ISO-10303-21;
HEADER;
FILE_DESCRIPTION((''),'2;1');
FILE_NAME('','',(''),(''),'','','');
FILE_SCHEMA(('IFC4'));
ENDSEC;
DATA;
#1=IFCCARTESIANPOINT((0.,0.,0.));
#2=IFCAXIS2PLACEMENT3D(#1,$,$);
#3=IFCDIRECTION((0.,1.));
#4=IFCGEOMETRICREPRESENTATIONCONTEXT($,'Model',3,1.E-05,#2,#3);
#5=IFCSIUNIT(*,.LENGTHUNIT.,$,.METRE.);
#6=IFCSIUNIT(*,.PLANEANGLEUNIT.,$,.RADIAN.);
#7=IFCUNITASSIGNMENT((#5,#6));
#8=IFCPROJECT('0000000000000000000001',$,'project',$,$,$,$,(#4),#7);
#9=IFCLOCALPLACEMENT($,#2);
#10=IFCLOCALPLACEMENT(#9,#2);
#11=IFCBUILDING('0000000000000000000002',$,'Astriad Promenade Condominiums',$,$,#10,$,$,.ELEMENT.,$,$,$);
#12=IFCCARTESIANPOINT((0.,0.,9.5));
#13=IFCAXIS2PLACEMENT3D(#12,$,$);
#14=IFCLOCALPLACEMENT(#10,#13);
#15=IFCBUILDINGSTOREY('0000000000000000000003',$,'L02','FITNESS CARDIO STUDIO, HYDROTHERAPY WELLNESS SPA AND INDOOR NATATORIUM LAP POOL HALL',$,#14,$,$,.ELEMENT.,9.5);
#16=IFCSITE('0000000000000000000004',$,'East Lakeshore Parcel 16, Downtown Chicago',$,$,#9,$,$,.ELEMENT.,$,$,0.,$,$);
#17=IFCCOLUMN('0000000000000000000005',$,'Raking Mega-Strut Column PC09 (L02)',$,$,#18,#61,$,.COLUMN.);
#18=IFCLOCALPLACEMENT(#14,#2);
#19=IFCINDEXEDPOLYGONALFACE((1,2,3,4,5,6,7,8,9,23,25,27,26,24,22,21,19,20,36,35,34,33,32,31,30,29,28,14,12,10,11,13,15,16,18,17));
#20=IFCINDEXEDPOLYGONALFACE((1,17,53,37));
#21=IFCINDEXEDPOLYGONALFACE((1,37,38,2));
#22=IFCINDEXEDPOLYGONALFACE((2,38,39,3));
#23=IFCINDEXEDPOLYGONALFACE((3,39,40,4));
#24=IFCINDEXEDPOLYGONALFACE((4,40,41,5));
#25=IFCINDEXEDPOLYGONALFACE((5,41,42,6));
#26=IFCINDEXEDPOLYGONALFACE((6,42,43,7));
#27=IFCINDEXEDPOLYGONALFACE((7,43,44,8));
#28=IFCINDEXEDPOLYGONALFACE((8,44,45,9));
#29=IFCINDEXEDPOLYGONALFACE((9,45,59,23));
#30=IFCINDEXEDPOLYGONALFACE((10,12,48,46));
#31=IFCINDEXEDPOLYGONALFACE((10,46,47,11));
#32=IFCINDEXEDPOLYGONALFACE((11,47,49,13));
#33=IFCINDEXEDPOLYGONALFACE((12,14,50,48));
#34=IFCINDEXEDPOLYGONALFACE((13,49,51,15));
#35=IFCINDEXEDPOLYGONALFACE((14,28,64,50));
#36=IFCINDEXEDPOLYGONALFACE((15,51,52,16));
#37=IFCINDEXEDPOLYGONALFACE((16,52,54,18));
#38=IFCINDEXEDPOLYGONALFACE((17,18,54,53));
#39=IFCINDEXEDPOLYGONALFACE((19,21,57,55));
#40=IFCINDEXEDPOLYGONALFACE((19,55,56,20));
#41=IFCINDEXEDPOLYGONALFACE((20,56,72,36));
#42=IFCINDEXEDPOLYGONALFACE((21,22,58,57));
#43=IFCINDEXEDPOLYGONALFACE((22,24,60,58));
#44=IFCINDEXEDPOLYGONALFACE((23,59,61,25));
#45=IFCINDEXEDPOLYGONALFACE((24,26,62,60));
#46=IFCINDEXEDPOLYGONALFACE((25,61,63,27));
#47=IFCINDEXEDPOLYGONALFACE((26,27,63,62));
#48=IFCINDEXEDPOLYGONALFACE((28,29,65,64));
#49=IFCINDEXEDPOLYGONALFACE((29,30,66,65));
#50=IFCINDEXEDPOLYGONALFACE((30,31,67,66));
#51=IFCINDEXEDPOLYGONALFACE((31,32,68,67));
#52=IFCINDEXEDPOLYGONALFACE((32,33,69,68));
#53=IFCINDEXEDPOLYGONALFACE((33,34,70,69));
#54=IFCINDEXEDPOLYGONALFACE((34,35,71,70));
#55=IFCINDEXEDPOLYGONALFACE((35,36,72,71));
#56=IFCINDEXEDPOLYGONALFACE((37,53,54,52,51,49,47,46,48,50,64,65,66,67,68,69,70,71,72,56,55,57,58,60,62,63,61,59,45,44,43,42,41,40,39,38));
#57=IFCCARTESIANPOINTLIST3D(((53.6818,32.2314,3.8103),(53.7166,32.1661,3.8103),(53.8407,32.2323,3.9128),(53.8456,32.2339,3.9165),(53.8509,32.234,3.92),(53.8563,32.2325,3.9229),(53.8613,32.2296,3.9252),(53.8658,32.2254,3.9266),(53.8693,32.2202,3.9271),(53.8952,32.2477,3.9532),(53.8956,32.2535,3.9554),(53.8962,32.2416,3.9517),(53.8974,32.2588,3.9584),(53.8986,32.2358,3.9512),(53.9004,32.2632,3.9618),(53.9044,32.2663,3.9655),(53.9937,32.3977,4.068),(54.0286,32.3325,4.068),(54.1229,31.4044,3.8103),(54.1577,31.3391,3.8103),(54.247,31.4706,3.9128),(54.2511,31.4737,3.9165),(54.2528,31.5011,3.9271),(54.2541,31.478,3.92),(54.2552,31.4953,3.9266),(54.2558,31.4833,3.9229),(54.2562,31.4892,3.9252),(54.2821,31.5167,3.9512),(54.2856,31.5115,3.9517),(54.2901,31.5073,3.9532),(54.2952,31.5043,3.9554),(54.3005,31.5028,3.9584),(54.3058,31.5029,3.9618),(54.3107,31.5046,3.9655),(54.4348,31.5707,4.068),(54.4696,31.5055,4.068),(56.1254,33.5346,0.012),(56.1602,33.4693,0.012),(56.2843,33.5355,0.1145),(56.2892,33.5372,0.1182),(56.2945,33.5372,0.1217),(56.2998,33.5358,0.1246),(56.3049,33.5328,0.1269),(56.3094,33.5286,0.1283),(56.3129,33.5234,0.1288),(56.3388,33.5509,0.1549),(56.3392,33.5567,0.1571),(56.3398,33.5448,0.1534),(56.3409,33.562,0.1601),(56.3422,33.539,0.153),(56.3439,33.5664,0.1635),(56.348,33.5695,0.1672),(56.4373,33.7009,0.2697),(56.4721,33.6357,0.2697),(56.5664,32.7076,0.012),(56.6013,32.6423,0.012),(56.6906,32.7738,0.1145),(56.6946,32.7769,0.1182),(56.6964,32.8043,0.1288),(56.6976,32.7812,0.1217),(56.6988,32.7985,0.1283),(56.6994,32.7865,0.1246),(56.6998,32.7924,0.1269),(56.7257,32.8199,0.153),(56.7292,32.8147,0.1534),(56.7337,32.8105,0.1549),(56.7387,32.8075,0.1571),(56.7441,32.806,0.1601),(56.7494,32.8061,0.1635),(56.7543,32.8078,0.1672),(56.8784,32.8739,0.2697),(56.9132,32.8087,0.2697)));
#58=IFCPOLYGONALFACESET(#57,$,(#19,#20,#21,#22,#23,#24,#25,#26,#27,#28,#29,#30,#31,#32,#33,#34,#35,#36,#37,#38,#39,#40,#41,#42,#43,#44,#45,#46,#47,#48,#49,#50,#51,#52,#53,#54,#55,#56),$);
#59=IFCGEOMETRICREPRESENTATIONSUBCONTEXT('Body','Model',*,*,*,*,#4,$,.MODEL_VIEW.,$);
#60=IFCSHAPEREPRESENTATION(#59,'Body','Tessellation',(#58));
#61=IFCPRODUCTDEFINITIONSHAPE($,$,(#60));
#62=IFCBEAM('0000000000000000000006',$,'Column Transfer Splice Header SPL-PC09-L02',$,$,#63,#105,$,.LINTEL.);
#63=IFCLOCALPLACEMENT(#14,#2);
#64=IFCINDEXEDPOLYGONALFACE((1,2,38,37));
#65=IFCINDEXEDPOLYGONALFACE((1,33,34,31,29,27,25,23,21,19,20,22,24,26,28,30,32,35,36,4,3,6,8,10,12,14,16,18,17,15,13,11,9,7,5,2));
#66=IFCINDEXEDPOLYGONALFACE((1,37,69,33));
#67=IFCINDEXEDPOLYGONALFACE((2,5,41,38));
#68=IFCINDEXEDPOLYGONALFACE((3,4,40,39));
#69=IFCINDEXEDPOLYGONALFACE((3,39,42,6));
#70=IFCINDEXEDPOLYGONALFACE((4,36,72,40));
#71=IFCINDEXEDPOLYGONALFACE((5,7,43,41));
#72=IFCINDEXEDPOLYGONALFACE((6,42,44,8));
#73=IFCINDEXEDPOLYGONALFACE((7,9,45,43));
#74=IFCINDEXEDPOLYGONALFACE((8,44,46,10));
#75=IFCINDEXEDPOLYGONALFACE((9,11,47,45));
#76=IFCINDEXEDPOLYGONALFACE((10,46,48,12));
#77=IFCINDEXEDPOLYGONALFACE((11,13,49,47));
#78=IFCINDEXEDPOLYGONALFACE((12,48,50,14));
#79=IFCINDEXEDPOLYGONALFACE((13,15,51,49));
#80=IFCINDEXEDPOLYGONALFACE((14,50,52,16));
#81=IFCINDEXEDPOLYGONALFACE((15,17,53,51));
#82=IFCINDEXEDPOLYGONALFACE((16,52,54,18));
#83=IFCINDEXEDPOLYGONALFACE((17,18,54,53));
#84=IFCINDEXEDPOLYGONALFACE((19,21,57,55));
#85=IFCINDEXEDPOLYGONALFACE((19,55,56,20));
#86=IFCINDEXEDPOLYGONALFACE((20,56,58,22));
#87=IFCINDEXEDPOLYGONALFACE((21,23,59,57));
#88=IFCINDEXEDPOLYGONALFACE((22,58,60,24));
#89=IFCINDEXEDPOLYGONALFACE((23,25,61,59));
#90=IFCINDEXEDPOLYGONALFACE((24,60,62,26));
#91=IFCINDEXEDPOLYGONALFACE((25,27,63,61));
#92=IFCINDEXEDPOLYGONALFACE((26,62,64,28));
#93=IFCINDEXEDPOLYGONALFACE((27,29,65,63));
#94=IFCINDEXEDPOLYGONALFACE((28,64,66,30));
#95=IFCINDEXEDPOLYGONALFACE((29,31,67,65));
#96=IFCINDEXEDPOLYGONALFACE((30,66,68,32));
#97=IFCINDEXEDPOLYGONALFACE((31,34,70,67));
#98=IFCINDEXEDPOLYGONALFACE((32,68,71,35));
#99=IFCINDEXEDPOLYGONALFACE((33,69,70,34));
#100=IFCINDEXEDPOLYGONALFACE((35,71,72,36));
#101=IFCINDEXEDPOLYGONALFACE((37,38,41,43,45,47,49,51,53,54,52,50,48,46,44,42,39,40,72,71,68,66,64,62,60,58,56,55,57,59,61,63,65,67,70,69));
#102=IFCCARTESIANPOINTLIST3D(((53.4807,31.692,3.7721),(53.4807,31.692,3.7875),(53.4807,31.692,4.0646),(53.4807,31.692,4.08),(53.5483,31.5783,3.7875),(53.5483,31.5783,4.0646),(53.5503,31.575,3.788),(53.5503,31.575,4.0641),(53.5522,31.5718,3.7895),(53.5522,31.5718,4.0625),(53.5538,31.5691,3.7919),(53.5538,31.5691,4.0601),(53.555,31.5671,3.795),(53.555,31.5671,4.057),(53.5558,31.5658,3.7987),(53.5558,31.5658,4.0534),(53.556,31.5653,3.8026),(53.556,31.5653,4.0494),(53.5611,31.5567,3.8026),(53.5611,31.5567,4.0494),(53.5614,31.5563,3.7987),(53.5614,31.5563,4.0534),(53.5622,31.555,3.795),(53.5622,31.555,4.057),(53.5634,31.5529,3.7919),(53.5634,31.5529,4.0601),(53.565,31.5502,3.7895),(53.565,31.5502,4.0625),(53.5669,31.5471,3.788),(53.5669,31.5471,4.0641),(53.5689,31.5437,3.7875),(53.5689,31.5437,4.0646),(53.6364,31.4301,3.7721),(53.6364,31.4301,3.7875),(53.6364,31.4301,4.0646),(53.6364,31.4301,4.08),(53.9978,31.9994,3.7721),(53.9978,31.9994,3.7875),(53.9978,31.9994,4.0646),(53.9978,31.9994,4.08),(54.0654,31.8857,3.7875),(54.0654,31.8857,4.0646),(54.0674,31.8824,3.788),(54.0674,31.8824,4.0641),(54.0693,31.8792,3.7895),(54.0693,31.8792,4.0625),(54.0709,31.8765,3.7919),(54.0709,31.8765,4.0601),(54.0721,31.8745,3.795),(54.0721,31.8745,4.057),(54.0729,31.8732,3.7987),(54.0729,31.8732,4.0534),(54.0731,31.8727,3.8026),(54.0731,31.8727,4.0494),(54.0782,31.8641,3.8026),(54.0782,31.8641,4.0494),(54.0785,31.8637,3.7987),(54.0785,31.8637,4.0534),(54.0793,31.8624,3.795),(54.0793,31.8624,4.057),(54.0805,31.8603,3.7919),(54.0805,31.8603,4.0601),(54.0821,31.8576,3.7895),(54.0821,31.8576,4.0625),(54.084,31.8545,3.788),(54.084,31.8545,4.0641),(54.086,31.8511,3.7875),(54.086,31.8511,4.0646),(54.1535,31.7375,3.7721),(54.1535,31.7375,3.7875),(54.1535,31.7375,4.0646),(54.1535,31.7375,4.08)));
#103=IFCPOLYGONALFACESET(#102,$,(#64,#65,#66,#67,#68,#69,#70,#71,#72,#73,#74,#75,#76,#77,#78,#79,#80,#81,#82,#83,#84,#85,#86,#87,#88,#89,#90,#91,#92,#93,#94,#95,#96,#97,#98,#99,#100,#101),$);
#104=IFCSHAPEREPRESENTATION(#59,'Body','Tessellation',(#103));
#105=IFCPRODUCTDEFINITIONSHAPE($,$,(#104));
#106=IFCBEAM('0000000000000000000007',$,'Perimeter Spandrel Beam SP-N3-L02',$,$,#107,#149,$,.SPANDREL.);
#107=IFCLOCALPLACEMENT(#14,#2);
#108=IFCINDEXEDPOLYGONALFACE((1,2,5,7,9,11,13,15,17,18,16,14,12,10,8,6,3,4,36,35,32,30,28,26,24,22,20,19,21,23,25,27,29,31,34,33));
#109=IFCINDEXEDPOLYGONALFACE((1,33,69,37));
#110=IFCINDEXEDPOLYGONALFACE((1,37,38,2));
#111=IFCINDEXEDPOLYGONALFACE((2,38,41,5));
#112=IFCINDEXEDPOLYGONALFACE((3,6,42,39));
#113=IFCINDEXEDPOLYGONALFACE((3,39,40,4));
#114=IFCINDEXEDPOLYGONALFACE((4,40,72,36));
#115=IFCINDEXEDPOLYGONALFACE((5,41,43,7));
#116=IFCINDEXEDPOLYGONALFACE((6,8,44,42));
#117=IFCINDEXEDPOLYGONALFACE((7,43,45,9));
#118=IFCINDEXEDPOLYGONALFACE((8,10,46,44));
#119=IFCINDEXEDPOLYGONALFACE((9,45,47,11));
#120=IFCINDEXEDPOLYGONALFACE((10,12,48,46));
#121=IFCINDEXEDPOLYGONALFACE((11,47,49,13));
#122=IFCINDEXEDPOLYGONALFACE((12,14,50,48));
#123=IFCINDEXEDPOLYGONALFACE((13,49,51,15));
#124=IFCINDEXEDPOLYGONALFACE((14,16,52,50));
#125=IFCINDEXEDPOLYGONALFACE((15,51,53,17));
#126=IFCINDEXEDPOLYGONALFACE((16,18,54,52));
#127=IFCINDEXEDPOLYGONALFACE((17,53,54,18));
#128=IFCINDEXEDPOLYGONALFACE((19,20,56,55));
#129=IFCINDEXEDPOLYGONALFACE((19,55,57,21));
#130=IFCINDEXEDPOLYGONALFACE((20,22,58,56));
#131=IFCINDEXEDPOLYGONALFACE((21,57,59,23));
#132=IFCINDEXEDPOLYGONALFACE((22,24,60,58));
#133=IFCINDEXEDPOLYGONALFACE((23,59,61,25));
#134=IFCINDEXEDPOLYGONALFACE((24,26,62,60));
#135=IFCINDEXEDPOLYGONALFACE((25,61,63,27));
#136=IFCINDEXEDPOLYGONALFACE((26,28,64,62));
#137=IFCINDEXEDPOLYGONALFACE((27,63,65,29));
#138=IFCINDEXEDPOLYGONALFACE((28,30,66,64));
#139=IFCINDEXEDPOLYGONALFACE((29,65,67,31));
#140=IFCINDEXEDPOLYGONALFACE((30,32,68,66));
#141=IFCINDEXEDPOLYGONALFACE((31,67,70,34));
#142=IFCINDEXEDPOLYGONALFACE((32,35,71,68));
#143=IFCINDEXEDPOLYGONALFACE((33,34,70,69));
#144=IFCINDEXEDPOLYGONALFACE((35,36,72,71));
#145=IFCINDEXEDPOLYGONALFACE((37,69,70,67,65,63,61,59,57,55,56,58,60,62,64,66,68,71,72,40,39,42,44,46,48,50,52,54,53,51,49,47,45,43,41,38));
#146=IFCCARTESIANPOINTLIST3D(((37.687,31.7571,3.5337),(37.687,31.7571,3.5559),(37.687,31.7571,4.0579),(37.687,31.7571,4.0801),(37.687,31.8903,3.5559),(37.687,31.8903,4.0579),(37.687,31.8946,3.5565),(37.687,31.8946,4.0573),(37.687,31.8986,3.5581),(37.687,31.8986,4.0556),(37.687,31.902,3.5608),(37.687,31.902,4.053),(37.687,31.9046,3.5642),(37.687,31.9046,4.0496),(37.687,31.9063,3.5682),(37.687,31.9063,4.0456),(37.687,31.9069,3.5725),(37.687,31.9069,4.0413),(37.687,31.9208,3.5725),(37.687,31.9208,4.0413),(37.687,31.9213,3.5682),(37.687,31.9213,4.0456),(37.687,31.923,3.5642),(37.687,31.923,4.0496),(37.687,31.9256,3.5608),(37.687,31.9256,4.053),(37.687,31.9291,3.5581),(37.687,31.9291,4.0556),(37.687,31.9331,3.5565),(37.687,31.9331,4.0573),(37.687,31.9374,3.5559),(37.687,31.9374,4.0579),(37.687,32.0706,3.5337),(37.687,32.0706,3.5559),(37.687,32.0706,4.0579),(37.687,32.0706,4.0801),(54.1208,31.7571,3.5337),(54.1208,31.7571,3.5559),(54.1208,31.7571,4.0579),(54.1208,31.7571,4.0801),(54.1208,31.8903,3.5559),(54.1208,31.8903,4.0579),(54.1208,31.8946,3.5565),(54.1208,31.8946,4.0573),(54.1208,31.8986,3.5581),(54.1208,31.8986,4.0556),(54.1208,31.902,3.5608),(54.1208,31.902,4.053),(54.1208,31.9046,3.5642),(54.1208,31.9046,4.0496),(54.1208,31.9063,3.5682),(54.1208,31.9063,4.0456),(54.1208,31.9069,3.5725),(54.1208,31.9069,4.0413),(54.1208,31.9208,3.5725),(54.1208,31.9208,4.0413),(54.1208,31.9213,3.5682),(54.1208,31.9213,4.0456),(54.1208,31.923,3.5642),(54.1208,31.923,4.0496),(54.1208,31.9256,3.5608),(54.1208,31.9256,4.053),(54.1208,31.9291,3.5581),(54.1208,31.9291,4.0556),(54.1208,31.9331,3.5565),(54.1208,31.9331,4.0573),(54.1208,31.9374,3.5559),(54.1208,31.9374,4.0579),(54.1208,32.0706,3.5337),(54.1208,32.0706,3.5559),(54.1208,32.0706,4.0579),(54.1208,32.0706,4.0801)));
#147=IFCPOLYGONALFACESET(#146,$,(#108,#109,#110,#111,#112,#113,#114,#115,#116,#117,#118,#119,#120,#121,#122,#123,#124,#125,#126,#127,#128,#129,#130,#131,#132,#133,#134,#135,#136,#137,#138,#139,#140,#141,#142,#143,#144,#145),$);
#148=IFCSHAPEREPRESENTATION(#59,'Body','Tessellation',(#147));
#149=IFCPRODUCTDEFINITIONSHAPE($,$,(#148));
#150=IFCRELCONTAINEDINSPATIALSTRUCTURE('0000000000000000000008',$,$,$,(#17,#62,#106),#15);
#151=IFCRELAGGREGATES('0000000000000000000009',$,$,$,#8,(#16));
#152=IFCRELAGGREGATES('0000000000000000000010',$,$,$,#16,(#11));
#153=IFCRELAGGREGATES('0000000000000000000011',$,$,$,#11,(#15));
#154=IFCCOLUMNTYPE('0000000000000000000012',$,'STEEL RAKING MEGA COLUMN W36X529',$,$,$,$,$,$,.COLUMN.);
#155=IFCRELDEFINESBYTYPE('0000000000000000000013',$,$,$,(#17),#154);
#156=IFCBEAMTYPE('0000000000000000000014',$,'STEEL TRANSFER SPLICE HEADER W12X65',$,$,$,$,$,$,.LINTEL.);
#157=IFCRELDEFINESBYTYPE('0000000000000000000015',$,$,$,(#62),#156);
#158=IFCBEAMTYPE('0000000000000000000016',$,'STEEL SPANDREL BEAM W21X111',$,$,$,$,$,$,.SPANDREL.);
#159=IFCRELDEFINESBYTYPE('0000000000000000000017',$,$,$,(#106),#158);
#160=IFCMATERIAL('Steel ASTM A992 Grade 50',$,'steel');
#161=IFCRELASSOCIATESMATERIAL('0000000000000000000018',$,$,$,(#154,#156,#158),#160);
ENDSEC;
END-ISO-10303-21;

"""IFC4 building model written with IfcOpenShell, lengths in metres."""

from ifc_helpers import new_model, si_unit, direction, frame, origin, origin_2d, place, context, subcontext, project, spatial, i_section, extrude, source, transform, mapped, material, material_profile, profile_set, type_object, type_shapes, element, save


model = new_model("IFC4")

# Units and contexts
model_context = context("Model", 3, precision=1e-05, world=origin(), true_north=direction((0.0, 1.0)))
body_context = subcontext(model_context, "Body", "Model", "MODEL_VIEW")
ifc_project = project(units=[si_unit("LENGTHUNIT", "METRE"), si_unit("PLANEANGLEUNIT", "RADIAN")], contexts=[model_context])

# Site, building, storey
site_placement = place(None, origin())
site = spatial("IfcSite", under=ifc_project, at=site_placement, Name="East Lakeshore Parcel 16, Downtown Chicago", CompositionType="ELEMENT", RefElevation=0.0)
building_placement = place(site_placement, origin())
building = spatial("IfcBuilding", under=site, at=building_placement, Name="Astriad Promenade Condominiums", CompositionType="ELEMENT")
storey_placement = place(building_placement, frame((0.0, 0.0, 9.5)))
storey = spatial("IfcBuildingStorey", under=building, at=storey_placement, Name="L02", Description="FITNESS CARDIO STUDIO, HYDROTHERAPY WELLNESS SPA AND INDOOR NATATORIUM LAP POOL HALL", CompositionType="ELEMENT", Elevation=9.5)

# Column
ifc_material_1 = material(Name="Steel ASTM A992 Grade 50", Category="steel")
ifc_material_profile_1 = material_profile(ifc_material_1, i_section(OverallWidth=0.4375, OverallDepth=1.0112, WebThickness=0.041, FlangeThickness=0.074, FilletRadius=0.0242, at=origin_2d()), Name="W36X529")
ifc_profile_set_1 = profile_set([ifc_material_profile_1], Name="Steel ASTM A992 Grade 50")
column_type = type_object("IfcColumnType", Name="STEEL RAKING MEGA COLUMN W36X529", PredefinedType="COLUMN", material=ifc_profile_set_1)
shared_shape_1 = source(origin(), body_context, "Body", "SweptSolid", [
    extrude(i_section(OverallWidth=0.4375, OverallDepth=1.0112, WebThickness=0.041, FlangeThickness=0.074, FilletRadius=0.0242, at=origin_2d()), origin(), (0.0, 0.0, 1.0), 4.7007),
])
type_shapes(column_type, [shared_shape_1])
column_placement = place(storey_placement, frame((56.5193, 33.1716, 0.1409), z_axis=(-0.519834, -0.277238, 0.80803), x_axis=(0.712971, 0.380242, 0.589141)))
element("IfcColumn", 1, at=column_placement, inside=storey, type_object=column_type, Name="Raking Mega-Strut Column PC09 (L02)", PredefinedType="COLUMN", context=body_context, shape_type="MappedRepresentation", body=[
    mapped(shared_shape_1, transform((0.0, 0.0, 0.0), scale=1.0)),
])

# Beams
ifc_material_profile_2 = material_profile(ifc_material_1, i_section(OverallWidth=0.3047, OverallDepth=0.3079, WebThickness=0.01, FlangeThickness=0.0154, FilletRadius=0.0151, at=origin_2d()), Name="W12X65")
ifc_profile_set_2 = profile_set([ifc_material_profile_2], Name="Steel ASTM A992 Grade 50")
beam_type_1 = type_object("IfcBeamType", Name="STEEL TRANSFER SPLICE HEADER W12X65", PredefinedType="LINTEL", material=ifc_profile_set_2)
shared_shape_2 = source(origin(), body_context, "Body", "SweptSolid", [
    extrude(i_section(OverallWidth=0.3047, OverallDepth=0.3079, WebThickness=0.01, FlangeThickness=0.0154, FilletRadius=0.0151, at=origin_2d()), origin(), (0.0, 0.0, 1.0), 0.6016),
])
type_shapes(beam_type_1, [shared_shape_2])
beam_1_placement = place(storey_placement, frame((54.0757, 31.8684, 3.926), z_axis=(-0.859599, -0.51097, 0.0), x_axis=(0.51097, -0.859599, 0.0)))
element("IfcBeam", 2, at=beam_1_placement, inside=storey, type_object=beam_type_1, Name="Column Transfer Splice Header SPL-PC09-L02", PredefinedType="LINTEL", context=body_context, shape_type="MappedRepresentation", body=[
    mapped(shared_shape_2, transform((0.0, 0.0, 0.0), scale=1.0)),
])
ifc_material_profile_3 = material_profile(ifc_material_1, i_section(OverallWidth=0.3135, OverallDepth=0.5464, WebThickness=0.0139, FlangeThickness=0.0222, FilletRadius=0.0166, at=origin_2d()), Name="W21X111")
ifc_profile_set_3 = profile_set([ifc_material_profile_3], Name="Steel ASTM A992 Grade 50")
beam_type_2 = type_object("IfcBeamType", Name="STEEL SPANDREL BEAM W21X111", PredefinedType="SPANDREL", material=ifc_profile_set_3)
shared_shape_3 = source(origin(), body_context, "Body", "SweptSolid", [
    extrude(i_section(OverallWidth=0.3135, OverallDepth=0.5464, WebThickness=0.0139, FlangeThickness=0.0222, FilletRadius=0.0166, at=origin_2d()), origin(), (0.0, 0.0, 1.0), 16.4338),
])
type_shapes(beam_type_2, [shared_shape_3])
beam_2_placement = place(storey_placement, frame((54.1208, 31.9138, 3.8069), z_axis=(-1.0, 0.0, 0.0), x_axis=(0.0, -1.0, 0.0)))
element("IfcBeam", 3, at=beam_2_placement, inside=storey, type_object=beam_type_2, Name="Perimeter Spandrel Beam SP-N3-L02", PredefinedType="SPANDREL", context=body_context, shape_type="MappedRepresentation", body=[
    mapped(shared_shape_3, transform((0.0, 0.0, 0.0), scale=1.0)),
])

save(model, "model.ifc")
